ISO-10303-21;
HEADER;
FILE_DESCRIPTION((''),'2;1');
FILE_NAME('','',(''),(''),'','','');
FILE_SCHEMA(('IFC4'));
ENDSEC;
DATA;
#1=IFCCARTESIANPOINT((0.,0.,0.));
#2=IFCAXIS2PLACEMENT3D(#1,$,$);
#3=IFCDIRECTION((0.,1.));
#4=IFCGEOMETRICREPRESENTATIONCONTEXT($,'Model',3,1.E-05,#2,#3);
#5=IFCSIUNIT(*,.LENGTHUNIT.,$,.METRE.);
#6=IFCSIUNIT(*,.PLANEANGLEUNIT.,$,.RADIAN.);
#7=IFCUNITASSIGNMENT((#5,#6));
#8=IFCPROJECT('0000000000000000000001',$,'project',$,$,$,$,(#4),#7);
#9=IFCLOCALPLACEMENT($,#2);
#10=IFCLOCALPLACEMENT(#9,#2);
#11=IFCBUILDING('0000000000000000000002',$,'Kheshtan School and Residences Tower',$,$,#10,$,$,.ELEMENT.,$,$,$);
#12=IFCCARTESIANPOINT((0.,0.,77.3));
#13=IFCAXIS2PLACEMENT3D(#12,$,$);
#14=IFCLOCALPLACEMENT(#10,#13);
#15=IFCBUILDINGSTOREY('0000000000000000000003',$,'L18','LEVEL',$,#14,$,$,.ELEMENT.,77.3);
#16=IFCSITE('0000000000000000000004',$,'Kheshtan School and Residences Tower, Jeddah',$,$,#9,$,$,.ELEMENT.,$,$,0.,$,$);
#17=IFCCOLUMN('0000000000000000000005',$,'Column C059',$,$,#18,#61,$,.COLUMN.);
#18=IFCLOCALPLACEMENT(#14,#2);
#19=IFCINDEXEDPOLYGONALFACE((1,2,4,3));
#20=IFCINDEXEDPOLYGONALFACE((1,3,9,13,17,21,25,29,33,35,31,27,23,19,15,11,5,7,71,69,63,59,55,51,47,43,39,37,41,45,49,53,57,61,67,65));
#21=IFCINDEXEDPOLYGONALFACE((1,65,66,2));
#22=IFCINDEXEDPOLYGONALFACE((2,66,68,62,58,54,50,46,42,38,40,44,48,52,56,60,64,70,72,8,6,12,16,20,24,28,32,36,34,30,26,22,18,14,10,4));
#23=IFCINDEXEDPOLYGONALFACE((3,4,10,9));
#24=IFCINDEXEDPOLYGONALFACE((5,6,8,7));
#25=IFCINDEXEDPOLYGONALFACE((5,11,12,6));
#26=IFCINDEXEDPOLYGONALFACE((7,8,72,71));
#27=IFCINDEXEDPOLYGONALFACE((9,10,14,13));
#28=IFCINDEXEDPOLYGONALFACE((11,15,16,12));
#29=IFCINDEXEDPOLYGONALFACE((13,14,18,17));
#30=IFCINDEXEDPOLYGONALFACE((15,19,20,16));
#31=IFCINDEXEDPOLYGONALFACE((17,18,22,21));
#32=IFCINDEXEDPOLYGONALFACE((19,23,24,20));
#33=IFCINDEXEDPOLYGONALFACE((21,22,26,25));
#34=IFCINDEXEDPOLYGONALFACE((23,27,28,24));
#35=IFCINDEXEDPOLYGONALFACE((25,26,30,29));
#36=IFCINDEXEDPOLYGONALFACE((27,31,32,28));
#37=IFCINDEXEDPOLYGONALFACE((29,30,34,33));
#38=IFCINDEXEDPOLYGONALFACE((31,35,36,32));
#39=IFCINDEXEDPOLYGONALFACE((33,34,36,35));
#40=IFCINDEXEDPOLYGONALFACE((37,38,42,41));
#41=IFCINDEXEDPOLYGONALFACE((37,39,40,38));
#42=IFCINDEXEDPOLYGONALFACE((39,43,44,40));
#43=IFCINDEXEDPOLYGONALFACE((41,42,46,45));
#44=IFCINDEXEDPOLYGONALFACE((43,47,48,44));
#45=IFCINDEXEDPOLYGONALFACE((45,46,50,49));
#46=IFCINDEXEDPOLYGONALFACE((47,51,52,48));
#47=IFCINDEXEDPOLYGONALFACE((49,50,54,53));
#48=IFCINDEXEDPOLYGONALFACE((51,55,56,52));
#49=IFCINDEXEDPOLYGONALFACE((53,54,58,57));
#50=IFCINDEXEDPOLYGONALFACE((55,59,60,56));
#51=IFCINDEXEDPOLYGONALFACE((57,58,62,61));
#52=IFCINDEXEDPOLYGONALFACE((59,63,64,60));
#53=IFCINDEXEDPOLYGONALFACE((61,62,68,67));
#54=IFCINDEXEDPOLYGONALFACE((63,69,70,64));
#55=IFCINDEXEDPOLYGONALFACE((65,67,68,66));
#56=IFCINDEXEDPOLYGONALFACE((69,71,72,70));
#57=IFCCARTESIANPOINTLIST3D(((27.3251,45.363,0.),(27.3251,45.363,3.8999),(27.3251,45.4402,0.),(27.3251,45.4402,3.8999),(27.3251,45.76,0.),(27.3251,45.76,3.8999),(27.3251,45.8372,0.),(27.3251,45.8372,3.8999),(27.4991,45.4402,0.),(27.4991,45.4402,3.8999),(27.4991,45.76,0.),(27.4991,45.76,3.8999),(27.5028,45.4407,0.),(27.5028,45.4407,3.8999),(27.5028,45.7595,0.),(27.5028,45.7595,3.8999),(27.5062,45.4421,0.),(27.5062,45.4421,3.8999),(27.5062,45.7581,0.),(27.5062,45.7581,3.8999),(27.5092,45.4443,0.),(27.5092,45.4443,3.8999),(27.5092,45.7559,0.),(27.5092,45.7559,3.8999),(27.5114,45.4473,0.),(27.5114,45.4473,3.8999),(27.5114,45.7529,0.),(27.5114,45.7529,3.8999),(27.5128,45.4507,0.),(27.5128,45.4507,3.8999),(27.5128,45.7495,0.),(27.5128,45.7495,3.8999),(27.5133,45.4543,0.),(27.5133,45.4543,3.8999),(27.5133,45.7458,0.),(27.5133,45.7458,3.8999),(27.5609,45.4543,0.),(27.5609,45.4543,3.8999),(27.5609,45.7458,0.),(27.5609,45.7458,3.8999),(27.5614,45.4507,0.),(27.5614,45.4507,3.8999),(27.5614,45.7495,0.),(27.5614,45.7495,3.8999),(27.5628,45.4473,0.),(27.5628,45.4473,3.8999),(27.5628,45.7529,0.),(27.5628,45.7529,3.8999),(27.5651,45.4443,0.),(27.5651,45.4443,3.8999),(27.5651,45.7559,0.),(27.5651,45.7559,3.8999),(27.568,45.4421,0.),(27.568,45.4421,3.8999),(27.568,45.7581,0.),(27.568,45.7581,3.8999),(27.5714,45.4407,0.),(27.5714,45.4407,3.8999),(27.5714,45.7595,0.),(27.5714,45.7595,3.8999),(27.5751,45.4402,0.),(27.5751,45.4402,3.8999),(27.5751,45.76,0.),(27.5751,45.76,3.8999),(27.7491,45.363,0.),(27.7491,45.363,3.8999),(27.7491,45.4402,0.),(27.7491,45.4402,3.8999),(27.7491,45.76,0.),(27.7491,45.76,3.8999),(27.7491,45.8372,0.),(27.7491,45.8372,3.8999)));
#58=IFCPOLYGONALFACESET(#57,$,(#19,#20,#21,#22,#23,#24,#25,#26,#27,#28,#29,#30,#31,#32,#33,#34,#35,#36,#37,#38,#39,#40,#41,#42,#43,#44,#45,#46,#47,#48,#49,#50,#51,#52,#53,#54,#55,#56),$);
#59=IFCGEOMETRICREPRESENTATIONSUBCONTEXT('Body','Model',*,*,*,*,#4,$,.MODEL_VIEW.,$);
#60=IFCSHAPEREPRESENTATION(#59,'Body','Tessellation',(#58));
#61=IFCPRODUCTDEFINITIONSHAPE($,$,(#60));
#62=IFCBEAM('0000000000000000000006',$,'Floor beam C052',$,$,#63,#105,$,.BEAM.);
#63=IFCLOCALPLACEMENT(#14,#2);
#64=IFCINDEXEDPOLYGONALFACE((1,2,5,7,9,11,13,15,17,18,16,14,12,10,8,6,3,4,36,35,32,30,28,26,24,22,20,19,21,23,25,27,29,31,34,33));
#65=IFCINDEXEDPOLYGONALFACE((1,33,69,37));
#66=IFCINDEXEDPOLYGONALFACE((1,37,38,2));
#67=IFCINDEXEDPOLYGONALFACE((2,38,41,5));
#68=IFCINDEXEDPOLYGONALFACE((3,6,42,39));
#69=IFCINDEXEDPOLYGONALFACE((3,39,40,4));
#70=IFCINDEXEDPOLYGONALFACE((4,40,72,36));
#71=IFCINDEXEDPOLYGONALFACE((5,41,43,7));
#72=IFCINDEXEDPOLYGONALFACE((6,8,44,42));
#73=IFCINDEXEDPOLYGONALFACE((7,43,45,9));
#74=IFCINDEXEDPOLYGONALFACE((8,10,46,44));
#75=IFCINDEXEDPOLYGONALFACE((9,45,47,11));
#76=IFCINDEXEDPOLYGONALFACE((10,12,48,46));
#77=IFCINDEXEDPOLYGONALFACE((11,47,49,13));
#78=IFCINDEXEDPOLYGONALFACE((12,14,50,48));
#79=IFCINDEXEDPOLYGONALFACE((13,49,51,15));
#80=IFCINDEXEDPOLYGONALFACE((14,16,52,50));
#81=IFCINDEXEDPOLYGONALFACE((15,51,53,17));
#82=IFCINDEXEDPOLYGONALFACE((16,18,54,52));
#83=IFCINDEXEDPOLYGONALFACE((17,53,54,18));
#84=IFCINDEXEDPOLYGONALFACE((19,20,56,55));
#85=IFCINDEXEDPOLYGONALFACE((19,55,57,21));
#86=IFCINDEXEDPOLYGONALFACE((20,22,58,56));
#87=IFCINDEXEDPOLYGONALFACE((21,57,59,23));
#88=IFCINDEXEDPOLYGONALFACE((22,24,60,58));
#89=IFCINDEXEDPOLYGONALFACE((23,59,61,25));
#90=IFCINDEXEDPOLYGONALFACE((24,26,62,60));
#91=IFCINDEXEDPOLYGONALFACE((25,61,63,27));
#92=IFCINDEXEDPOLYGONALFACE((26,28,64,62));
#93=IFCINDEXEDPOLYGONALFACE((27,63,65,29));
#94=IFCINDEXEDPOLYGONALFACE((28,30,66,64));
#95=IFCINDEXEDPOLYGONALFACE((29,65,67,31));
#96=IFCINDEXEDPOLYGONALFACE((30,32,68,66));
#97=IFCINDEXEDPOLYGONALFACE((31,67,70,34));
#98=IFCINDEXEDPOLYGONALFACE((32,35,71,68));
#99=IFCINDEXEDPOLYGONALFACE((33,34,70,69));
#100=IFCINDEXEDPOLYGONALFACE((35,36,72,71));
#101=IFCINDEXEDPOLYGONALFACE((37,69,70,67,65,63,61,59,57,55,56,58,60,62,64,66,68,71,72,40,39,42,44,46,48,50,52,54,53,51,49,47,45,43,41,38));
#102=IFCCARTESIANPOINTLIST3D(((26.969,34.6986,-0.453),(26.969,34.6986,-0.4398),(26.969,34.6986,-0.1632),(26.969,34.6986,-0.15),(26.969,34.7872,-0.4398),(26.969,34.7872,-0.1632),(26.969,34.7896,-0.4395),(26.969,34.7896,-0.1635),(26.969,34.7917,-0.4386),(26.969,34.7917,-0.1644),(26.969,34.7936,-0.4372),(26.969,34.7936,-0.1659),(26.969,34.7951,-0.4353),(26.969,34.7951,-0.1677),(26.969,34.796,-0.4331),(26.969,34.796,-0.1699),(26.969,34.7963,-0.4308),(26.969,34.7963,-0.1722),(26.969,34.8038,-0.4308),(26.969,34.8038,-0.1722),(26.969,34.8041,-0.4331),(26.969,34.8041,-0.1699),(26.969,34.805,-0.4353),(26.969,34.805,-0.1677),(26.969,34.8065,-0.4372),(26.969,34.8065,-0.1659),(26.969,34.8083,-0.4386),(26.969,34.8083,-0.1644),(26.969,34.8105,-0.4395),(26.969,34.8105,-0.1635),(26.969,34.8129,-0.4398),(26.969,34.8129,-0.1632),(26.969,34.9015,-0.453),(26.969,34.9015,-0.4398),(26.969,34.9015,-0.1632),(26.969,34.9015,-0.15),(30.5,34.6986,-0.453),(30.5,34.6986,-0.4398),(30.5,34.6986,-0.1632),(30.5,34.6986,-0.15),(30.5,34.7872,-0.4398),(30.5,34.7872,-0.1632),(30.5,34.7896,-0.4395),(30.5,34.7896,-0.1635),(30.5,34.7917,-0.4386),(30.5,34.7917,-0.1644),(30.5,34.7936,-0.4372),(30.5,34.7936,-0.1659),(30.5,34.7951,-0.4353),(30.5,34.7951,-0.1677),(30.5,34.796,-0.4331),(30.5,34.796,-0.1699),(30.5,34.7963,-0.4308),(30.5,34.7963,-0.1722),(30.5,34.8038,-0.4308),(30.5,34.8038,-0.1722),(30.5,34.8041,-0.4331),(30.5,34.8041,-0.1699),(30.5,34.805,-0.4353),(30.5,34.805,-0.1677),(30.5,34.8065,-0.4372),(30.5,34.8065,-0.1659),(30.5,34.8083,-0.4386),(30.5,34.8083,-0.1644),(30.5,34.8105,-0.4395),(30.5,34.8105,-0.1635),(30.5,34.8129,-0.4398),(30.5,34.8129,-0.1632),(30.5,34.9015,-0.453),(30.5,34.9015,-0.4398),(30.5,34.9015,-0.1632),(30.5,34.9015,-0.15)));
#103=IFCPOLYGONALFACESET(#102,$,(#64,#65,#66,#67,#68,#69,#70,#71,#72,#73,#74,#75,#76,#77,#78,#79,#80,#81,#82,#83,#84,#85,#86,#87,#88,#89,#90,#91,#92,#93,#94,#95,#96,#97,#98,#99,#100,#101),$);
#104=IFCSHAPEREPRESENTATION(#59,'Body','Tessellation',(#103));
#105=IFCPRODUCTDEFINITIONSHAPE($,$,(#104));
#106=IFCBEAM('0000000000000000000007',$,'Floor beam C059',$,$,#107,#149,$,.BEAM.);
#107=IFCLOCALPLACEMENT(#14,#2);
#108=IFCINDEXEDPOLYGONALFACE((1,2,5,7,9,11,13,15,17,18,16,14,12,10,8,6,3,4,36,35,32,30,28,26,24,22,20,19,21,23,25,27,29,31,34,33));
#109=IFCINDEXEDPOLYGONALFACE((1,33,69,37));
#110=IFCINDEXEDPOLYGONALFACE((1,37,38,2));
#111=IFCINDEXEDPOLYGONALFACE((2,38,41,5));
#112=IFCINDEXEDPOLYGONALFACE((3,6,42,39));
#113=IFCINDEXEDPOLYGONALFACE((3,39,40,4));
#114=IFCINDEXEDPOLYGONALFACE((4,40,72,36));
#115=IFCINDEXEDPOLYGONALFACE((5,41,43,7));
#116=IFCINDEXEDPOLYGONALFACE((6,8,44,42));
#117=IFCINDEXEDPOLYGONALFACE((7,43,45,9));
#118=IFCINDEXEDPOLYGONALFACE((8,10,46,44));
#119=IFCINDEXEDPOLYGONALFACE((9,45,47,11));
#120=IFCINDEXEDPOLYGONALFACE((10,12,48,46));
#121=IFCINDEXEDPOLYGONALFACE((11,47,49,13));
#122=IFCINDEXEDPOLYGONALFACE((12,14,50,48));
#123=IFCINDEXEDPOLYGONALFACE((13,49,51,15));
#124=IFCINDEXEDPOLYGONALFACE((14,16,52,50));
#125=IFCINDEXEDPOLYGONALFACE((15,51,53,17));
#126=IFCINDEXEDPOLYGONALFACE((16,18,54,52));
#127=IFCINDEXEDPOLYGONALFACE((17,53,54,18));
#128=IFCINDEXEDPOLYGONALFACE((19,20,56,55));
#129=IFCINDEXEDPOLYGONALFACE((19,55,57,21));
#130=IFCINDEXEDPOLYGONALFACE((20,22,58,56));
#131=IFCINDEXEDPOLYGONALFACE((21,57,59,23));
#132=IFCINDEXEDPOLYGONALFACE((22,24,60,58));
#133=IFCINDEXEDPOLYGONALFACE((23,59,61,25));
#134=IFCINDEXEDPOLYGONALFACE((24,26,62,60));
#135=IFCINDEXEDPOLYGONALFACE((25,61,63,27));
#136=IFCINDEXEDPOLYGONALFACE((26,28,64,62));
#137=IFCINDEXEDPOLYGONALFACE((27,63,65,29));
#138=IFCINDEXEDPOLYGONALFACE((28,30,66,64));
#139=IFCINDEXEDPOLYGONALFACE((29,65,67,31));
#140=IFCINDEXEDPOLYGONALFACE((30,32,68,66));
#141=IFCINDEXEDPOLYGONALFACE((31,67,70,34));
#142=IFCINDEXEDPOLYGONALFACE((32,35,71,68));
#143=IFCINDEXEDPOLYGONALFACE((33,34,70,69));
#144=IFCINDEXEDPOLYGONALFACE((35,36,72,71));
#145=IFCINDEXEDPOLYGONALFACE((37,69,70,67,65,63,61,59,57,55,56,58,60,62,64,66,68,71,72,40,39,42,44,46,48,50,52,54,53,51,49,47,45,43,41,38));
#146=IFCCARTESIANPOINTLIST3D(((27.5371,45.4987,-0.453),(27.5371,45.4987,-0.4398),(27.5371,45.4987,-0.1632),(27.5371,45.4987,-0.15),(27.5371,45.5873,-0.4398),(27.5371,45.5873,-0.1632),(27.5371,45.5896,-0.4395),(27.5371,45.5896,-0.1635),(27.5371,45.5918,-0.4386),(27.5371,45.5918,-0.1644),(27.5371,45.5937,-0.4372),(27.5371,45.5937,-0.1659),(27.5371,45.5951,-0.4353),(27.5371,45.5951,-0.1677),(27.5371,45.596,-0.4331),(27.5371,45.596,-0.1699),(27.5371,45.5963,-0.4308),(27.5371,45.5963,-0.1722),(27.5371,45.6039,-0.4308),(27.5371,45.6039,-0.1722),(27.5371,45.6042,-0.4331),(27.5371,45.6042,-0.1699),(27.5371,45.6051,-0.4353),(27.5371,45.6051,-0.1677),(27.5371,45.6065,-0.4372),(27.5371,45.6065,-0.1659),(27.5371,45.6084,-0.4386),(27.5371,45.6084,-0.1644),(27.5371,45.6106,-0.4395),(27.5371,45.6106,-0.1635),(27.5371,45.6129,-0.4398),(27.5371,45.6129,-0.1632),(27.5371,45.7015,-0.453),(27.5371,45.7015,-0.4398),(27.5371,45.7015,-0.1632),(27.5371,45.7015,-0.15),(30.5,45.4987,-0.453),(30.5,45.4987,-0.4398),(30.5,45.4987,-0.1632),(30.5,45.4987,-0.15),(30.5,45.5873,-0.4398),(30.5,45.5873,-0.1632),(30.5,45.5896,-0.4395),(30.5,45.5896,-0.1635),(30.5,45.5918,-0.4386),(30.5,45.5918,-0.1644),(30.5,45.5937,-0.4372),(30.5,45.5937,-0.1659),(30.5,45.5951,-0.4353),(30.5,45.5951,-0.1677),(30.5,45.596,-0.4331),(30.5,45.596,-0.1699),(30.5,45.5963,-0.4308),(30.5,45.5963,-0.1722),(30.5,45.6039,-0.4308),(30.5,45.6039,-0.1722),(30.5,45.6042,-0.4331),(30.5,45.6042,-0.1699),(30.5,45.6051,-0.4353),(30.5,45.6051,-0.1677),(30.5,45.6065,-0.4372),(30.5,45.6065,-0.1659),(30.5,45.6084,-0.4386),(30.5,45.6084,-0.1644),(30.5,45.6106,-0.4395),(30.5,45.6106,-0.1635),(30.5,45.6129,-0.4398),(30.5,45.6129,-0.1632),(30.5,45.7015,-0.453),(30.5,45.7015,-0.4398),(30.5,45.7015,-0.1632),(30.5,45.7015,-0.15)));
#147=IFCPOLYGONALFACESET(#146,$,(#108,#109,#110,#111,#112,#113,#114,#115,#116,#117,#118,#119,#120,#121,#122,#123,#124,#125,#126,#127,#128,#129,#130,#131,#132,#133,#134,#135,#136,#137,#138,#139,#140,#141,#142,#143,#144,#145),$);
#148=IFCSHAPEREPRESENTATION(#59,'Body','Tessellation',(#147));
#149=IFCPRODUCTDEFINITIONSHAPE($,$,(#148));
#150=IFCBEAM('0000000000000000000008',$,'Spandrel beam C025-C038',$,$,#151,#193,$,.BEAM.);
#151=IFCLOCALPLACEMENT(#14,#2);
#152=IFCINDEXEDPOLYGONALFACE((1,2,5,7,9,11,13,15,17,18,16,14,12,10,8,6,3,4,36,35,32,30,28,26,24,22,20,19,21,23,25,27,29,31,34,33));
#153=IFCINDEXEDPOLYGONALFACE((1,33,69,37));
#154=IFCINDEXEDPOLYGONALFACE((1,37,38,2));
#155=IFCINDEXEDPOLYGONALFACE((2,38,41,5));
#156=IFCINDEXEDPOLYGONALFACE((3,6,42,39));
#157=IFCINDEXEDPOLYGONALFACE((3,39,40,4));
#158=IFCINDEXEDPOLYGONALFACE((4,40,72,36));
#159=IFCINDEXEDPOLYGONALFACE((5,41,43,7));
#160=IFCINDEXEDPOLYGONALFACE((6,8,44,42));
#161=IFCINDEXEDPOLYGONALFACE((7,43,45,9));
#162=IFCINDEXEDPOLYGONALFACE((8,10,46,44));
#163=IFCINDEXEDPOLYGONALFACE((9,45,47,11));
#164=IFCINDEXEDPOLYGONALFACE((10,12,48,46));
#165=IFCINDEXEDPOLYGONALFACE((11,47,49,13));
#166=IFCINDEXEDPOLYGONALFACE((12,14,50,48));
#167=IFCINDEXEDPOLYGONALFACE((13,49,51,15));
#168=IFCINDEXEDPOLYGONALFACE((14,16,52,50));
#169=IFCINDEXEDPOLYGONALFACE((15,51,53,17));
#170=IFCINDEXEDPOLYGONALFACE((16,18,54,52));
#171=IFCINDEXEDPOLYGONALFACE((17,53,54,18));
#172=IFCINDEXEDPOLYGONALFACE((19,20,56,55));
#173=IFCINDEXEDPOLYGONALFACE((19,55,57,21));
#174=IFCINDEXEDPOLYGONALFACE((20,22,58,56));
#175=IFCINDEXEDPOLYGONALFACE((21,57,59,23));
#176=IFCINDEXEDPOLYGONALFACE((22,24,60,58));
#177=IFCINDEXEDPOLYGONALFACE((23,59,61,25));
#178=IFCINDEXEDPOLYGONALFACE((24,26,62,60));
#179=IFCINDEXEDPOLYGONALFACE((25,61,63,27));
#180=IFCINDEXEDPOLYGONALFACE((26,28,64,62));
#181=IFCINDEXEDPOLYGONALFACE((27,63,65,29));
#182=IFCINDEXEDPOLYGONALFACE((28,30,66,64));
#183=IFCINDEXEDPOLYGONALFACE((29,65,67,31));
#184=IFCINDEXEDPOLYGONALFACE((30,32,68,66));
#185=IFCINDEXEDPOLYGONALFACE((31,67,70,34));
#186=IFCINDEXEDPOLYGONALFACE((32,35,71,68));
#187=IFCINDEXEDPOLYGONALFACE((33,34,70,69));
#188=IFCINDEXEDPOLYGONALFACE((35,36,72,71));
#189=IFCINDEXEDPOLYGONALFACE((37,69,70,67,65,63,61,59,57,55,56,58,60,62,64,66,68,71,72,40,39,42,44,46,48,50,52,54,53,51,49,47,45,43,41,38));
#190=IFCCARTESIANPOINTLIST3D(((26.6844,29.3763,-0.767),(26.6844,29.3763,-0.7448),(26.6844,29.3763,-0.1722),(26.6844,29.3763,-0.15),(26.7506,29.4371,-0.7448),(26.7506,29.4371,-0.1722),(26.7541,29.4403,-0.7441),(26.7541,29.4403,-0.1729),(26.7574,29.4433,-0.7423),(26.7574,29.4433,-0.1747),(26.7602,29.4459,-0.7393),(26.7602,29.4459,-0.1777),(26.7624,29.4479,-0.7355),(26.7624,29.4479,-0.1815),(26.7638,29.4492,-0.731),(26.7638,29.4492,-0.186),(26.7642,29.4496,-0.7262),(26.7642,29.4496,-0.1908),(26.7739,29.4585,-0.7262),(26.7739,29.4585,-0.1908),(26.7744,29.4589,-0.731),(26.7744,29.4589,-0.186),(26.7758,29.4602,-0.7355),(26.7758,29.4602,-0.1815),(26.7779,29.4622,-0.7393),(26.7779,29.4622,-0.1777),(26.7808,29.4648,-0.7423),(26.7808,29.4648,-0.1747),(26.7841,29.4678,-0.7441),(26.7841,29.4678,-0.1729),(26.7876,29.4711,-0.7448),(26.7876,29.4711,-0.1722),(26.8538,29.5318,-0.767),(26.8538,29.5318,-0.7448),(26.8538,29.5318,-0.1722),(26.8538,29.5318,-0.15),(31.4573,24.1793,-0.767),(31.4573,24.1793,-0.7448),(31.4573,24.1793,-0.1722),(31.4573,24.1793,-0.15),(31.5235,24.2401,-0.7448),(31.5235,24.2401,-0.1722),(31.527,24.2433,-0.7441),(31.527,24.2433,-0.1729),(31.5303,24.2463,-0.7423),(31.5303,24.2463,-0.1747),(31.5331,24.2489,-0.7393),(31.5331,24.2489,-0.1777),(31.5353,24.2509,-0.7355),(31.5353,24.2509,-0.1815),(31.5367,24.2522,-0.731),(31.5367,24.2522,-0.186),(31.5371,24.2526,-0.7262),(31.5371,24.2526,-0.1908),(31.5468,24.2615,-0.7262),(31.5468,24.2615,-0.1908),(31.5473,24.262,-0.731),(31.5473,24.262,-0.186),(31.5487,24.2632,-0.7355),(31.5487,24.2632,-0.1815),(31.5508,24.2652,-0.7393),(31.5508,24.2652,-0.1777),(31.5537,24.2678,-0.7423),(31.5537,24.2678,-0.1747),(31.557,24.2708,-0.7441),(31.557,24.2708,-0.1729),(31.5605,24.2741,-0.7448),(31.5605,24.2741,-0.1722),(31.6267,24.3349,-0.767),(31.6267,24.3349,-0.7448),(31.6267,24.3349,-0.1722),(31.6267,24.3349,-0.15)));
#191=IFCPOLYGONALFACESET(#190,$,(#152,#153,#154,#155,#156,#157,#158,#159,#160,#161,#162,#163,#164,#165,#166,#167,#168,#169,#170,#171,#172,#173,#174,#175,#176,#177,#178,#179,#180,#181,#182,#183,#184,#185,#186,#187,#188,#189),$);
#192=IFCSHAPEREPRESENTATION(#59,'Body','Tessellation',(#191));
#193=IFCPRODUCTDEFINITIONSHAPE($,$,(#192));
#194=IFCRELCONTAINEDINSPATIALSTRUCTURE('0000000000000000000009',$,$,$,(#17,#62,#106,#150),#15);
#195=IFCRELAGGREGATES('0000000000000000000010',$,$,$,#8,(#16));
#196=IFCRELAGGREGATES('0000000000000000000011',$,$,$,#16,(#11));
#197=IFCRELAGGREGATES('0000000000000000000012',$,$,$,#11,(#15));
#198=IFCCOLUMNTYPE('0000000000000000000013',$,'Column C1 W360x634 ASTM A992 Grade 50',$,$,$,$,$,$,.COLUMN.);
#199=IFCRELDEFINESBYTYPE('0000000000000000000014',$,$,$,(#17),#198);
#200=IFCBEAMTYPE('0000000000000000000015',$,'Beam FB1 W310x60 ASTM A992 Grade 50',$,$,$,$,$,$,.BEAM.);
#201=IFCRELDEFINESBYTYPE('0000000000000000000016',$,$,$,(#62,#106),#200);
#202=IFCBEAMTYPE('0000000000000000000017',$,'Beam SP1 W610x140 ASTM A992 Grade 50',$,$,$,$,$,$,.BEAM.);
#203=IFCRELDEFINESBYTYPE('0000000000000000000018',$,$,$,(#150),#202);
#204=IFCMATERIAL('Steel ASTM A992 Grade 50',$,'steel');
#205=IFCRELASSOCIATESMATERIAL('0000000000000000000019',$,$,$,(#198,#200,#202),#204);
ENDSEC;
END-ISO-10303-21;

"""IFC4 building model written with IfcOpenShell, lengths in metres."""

from ifc_helpers import new_model, si_unit, direction, frame, origin, origin_2d, place, context, subcontext, project, spatial, i_section, extrude, material, material_profile, profile_set, type_object, element, save


model = new_model("IFC4")

# Units and contexts
model_context = context("Model", 3, precision=1e-05, world=origin(), true_north=direction((0.0, 1.0)))
body_context = subcontext(model_context, "Body", "Model", "MODEL_VIEW")
ifc_project = project(units=[si_unit("LENGTHUNIT", "METRE"), si_unit("PLANEANGLEUNIT", "RADIAN")], contexts=[model_context])

# Site, building, storey
site_placement = place(None, origin())
site = spatial("IfcSite", under=ifc_project, at=site_placement, Name="Kheshtan School and Residences Tower, Jeddah", CompositionType="ELEMENT", RefElevation=0.0)
building_placement = place(site_placement, origin())
building = spatial("IfcBuilding", under=site, at=building_placement, Name="Kheshtan School and Residences Tower", CompositionType="ELEMENT")
storey_placement = place(building_placement, frame((0.0, 0.0, 77.3)))
storey = spatial("IfcBuildingStorey", under=building, at=storey_placement, Name="L18", Description="LEVEL", CompositionType="ELEMENT", Elevation=77.3)

# Column
ifc_material_1 = material(Name="Steel ASTM A992 Grade 50", Category="steel")
ifc_material_profile_1 = material_profile(ifc_material_1, i_section(OverallWidth=0.4241, OverallDepth=0.4741, WebThickness=0.0476, FlangeThickness=0.0771, FilletRadius=0.0142, at=origin_2d()), Name="W360x634")
ifc_profile_set_1 = profile_set([ifc_material_profile_1], Name="Steel ASTM A992 Grade 50")
column_type = type_object("IfcColumnType", Name="Column C1 W360x634 ASTM A992 Grade 50", PredefinedType="COLUMN", material=ifc_profile_set_1)
for number, where, z_axis, x_axis, name in (
    (1, (27.5371, 45.6001, 0.0), (0.0, 0.0, 1.0), (1.0, 0.0, 0.0), "Column C059"),
):
    element("IfcColumn", number, at=place(storey_placement, frame(where, z_axis=z_axis, x_axis=x_axis)), inside=storey, type_object=column_type, Name=name, PredefinedType="COLUMN", context=body_context, shape_type="SweptSolid", body=[
        extrude(i_section(OverallWidth=0.4241, OverallDepth=0.4741, WebThickness=0.0476, FlangeThickness=0.0771, FilletRadius=0.0142, at=origin_2d()), origin(), (0.0, 0.0, 1.0), 3.8999),
    ])

# Beams
ifc_material_profile_2 = material_profile(ifc_material_1, i_section(OverallWidth=0.2029, OverallDepth=0.303, WebThickness=0.0076, FlangeThickness=0.0132, FilletRadius=0.009, at=origin_2d()), Name="W310x60")
ifc_profile_set_2 = profile_set([ifc_material_profile_2], Name="Steel ASTM A992 Grade 50")
beam_type_1 = type_object("IfcBeamType", Name="Beam FB1 W310x60 ASTM A992 Grade 50", PredefinedType="BEAM", material=ifc_profile_set_2)
beam_1_placement = place(storey_placement, frame((26.969, 34.8, -0.3015), z_axis=(1.0, 0.0, 0.0), x_axis=(0.0, 1.0, 0.0)))
element("IfcBeam", 2, at=beam_1_placement, inside=storey, type_object=beam_type_1, Name="Floor beam C052", PredefinedType="BEAM", context=body_context, shape_type="SweptSolid", body=[
    extrude(i_section(OverallWidth=0.2029, OverallDepth=0.303, WebThickness=0.0076, FlangeThickness=0.0132, FilletRadius=0.009, at=origin_2d()), origin(), (0.0, 0.0, 1.0), 3.531),
])
beam_2_placement = place(storey_placement, frame((27.5371, 45.6001, -0.3015), z_axis=(1.0, 0.0, 0.0), x_axis=(0.0, 1.0, 0.0)))
element("IfcBeam", 3, at=beam_2_placement, inside=storey, type_object=beam_type_1, Name="Floor beam C059", PredefinedType="BEAM", context=body_context, shape_type="SweptSolid", body=[
    extrude(i_section(OverallWidth=0.2029, OverallDepth=0.303, WebThickness=0.0076, FlangeThickness=0.0132, FilletRadius=0.009, at=origin_2d()), origin(), (0.0, 0.0, 1.0), 2.9629),
])
ifc_material_profile_3 = material_profile(ifc_material_1, i_section(OverallWidth=0.23, OverallDepth=0.6169, WebThickness=0.0132, FlangeThickness=0.0222, FilletRadius=0.0186, at=origin_2d()), Name="W610x140")
ifc_profile_set_3 = profile_set([ifc_material_profile_3], Name="Steel ASTM A992 Grade 50")
beam_type_2 = type_object("IfcBeamType", Name="Beam SP1 W610x140 ASTM A992 Grade 50", PredefinedType="BEAM", material=ifc_profile_set_3)
beam_3_placement = place(storey_placement, frame((31.542, 24.2571, -0.4585), z_axis=(-0.676418, 0.736518, 0.0), x_axis=(-0.736518, -0.676418, 0.0)))
element("IfcBeam", 4, at=beam_3_placement, inside=storey, type_object=beam_type_2, Name="Spandrel beam C025-C038", PredefinedType="BEAM", context=body_context, shape_type="SweptSolid", body=[
    extrude(i_section(OverallWidth=0.23, OverallDepth=0.6169, WebThickness=0.0132, FlangeThickness=0.0222, FilletRadius=0.0186, at=origin_2d()), origin(), (0.0, 0.0, 1.0), 7.0562),
])

save(model, "model.ifc")
